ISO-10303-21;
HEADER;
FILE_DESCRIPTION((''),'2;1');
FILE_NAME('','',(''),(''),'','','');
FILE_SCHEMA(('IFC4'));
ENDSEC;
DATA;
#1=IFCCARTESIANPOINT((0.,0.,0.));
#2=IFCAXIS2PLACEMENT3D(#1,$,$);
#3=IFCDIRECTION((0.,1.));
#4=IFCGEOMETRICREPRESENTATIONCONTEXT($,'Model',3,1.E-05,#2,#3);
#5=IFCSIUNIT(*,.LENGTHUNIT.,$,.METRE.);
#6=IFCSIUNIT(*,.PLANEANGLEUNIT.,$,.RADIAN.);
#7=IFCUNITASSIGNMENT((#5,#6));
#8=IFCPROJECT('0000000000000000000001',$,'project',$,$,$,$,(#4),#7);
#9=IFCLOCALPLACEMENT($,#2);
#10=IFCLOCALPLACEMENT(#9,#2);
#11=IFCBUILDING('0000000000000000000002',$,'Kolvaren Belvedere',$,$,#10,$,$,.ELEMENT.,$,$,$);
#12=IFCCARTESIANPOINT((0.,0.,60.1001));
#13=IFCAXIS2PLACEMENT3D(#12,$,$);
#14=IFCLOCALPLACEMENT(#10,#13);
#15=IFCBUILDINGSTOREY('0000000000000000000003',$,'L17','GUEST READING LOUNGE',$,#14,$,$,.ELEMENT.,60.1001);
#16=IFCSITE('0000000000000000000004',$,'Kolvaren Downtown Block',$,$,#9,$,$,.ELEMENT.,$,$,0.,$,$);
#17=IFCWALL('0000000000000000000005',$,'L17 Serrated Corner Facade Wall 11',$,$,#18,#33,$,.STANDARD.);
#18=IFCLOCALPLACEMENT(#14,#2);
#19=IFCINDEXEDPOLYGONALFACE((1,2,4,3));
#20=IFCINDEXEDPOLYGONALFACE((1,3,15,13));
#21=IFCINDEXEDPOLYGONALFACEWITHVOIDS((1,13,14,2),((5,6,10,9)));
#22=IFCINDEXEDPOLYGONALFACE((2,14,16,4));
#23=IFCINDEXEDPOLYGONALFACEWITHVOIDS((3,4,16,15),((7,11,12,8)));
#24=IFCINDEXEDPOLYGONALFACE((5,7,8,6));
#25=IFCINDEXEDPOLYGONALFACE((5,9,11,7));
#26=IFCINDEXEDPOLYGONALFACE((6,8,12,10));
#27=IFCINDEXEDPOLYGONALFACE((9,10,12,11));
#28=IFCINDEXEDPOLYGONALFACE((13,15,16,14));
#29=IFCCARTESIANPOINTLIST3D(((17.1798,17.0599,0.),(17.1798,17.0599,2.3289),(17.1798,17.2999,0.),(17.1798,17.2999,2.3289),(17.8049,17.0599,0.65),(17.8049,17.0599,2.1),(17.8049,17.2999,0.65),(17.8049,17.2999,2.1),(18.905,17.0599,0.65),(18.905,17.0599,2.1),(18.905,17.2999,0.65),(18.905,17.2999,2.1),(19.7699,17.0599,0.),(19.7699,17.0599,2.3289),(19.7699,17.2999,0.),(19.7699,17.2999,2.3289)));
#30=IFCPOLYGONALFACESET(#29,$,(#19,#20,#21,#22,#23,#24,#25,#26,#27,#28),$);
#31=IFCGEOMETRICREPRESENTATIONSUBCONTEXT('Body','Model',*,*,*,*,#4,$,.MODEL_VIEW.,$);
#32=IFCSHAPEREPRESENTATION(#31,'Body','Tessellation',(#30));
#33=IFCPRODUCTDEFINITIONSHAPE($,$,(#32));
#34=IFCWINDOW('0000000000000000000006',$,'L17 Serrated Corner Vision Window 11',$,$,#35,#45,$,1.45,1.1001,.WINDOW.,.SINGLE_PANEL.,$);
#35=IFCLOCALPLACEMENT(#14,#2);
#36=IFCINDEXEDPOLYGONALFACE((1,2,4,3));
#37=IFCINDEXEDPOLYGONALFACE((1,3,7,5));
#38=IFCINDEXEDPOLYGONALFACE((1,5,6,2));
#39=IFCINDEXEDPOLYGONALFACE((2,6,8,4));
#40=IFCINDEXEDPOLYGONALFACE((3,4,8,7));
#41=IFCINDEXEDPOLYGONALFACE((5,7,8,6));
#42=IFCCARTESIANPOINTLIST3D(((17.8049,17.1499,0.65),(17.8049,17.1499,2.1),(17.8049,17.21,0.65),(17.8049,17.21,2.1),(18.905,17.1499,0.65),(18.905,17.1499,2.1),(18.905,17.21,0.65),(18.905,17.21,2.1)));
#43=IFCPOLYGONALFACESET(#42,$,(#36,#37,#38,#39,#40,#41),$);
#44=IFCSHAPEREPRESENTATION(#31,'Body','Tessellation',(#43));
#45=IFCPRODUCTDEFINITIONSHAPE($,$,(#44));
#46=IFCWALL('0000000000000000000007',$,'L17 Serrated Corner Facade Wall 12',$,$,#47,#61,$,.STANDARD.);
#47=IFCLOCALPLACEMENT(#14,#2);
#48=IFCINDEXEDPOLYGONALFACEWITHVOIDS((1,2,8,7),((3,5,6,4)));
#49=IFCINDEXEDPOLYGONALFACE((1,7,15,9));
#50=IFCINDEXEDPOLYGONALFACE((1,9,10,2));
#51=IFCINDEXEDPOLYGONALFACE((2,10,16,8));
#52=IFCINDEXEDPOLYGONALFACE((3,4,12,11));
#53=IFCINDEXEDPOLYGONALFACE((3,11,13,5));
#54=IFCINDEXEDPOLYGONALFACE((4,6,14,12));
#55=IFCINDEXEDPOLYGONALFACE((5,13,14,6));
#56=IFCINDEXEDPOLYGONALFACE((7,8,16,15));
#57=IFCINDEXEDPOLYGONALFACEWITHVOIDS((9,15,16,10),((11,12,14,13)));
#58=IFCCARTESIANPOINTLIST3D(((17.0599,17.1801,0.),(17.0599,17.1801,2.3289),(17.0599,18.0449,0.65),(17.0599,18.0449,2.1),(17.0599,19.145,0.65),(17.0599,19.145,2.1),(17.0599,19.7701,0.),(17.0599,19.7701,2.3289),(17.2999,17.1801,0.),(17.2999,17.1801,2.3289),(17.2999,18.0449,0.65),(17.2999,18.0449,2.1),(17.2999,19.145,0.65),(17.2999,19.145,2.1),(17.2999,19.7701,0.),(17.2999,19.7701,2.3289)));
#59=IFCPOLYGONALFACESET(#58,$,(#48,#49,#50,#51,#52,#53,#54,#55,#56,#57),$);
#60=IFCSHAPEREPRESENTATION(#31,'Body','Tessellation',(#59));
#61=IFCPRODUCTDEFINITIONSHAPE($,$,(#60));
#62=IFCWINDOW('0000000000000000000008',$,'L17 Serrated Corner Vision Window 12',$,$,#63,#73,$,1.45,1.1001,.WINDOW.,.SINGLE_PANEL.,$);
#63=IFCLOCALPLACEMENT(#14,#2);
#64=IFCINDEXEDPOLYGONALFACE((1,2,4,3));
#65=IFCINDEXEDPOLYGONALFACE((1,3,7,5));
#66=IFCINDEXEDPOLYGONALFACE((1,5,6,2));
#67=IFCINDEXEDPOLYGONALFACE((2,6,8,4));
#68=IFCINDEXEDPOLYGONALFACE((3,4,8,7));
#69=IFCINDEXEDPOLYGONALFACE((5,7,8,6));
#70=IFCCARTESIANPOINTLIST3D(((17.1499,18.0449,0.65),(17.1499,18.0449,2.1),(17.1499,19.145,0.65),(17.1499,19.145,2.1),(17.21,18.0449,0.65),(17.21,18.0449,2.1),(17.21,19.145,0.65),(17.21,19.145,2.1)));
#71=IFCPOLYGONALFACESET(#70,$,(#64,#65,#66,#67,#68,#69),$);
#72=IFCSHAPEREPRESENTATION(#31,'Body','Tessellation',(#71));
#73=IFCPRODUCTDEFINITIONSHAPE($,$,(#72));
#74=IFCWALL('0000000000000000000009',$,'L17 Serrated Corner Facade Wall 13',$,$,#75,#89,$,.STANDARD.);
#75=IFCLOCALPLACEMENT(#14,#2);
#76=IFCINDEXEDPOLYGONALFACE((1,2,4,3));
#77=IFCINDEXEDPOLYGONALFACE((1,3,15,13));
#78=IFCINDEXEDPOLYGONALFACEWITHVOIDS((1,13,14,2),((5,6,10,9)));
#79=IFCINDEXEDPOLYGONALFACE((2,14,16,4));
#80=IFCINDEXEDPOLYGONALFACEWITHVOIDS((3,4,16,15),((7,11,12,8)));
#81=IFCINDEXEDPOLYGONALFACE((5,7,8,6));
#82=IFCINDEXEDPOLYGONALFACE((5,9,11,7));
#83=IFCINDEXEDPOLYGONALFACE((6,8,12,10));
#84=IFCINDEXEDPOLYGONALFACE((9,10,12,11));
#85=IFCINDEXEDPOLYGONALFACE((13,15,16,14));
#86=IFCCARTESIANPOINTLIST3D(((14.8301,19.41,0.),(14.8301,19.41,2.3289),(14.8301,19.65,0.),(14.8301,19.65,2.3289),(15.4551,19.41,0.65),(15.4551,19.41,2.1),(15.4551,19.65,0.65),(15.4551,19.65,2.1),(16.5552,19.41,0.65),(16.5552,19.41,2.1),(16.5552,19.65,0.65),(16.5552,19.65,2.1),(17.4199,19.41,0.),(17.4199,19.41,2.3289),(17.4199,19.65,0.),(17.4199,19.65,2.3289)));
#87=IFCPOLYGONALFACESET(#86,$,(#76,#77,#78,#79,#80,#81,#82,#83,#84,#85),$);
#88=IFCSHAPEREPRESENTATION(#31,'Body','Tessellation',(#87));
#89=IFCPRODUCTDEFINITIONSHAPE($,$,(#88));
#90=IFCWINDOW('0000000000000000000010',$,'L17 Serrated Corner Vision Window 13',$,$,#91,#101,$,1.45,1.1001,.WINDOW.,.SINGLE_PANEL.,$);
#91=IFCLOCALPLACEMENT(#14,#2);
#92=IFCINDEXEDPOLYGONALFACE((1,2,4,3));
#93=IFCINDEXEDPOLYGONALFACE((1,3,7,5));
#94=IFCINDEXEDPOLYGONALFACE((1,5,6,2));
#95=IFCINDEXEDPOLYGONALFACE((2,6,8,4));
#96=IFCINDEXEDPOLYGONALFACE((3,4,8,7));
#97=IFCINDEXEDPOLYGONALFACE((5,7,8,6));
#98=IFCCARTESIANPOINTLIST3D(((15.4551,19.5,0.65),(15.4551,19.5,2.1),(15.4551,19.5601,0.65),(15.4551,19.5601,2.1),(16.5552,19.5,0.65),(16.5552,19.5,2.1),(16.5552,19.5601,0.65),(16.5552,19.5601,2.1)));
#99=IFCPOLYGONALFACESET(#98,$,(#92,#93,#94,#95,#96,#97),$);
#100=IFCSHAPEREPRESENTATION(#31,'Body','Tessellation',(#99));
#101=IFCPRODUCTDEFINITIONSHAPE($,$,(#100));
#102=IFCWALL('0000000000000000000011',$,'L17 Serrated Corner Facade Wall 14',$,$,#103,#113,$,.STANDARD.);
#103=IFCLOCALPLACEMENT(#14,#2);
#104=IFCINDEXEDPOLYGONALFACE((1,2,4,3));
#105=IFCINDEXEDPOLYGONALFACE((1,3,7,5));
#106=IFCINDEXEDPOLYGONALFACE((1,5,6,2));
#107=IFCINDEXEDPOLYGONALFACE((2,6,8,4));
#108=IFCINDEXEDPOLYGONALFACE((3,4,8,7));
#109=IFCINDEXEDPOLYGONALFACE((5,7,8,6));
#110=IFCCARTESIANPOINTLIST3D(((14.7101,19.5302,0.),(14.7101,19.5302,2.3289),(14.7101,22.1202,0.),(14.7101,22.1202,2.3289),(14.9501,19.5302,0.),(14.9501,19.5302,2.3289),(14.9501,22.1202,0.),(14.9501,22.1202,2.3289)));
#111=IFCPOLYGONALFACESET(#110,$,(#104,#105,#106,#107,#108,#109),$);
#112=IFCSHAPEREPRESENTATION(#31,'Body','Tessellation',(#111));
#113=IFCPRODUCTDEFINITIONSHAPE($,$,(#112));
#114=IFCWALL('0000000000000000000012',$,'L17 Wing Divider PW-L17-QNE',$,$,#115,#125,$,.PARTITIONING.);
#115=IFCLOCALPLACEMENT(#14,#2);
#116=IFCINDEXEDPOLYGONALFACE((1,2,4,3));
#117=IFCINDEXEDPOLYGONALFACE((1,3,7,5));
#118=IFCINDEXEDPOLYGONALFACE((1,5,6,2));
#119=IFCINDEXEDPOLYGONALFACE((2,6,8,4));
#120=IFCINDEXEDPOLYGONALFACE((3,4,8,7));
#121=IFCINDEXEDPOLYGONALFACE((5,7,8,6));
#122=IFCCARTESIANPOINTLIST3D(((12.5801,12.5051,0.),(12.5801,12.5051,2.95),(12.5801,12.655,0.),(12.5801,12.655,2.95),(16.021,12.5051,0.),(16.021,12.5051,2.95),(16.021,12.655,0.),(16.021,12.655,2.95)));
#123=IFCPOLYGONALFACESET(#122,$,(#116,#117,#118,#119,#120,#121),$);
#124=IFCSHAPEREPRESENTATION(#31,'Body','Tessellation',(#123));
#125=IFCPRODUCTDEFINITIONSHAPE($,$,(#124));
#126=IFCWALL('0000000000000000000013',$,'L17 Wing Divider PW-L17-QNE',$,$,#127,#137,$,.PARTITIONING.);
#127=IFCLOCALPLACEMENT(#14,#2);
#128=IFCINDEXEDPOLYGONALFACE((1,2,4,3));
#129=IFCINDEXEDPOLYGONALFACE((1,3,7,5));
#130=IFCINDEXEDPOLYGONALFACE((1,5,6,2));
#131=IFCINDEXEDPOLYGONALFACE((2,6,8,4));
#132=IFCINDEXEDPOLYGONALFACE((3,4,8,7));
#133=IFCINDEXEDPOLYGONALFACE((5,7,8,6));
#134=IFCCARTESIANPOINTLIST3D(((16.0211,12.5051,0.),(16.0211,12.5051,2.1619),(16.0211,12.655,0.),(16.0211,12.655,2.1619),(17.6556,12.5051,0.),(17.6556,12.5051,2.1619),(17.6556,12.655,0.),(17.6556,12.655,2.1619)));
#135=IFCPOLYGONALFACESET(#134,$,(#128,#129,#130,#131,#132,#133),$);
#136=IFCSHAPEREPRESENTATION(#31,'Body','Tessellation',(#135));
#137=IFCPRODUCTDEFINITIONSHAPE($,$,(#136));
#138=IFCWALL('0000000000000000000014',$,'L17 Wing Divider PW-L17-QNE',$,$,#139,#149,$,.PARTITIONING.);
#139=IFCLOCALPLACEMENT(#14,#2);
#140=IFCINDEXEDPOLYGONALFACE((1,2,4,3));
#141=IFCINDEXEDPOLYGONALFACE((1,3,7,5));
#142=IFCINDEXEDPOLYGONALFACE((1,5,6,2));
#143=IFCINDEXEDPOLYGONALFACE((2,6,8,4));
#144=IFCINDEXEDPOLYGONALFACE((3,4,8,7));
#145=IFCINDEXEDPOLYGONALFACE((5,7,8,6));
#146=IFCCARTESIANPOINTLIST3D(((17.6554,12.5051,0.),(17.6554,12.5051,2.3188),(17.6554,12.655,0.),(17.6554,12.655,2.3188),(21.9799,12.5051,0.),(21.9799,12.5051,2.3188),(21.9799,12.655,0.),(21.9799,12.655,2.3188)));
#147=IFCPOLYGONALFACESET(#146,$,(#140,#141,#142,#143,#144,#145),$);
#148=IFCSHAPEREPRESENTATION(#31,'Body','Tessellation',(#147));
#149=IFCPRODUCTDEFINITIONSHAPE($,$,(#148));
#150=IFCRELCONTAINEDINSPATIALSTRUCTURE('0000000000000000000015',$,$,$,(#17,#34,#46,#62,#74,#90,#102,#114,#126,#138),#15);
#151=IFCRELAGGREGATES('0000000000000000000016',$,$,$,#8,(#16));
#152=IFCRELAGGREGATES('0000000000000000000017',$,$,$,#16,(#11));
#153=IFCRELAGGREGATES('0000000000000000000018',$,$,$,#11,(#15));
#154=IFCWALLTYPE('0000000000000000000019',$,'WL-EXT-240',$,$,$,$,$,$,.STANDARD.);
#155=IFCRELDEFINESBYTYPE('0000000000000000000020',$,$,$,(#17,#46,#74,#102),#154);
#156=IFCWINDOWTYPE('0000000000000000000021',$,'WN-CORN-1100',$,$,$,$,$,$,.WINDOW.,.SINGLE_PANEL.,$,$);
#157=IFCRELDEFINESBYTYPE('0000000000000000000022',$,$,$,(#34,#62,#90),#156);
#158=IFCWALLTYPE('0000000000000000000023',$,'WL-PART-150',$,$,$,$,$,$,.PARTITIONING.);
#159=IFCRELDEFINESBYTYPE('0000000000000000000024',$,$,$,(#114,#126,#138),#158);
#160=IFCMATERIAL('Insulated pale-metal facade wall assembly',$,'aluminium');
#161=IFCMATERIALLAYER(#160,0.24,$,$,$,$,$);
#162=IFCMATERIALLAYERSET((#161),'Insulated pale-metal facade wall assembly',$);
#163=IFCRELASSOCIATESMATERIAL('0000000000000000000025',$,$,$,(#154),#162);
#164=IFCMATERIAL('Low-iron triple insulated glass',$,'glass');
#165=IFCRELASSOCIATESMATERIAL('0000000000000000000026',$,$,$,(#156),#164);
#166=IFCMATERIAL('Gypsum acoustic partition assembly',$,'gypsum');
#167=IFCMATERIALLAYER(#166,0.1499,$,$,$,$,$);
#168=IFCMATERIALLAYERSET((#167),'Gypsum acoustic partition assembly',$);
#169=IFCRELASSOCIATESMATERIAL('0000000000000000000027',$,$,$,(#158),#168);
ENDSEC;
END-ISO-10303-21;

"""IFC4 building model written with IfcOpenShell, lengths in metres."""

from ifc_helpers import new_model, si_unit, direction, frame, frame_2d, origin, place, context, subcontext, project, spatial, rectangle, extrude, material, layer, layer_set, type_object, element, fill, save


model = new_model("IFC4")

# Units and contexts
model_context = context("Model", 3, precision=1e-05, world=origin(), true_north=direction((0.0, 1.0)))
body_context = subcontext(model_context, "Body", "Model", "MODEL_VIEW")
ifc_project = project(units=[si_unit("LENGTHUNIT", "METRE"), si_unit("PLANEANGLEUNIT", "RADIAN")], contexts=[model_context])

# Site, building, storey
site_placement = place(None, origin())
site = spatial("IfcSite", under=ifc_project, at=site_placement, Name="Kolvaren Downtown Block", CompositionType="ELEMENT", RefElevation=0.0)
building_placement = place(site_placement, origin())
building = spatial("IfcBuilding", under=site, at=building_placement, Name="Kolvaren Belvedere", CompositionType="ELEMENT")
storey_placement = place(building_placement, frame((0.0, 0.0, 60.1001)))
storey = spatial("IfcBuildingStorey", under=building, at=storey_placement, Name="L17", Description="GUEST READING LOUNGE", CompositionType="ELEMENT", Elevation=60.1001)

# Shared definitions
ifc_material_1 = material(Name="Insulated pale-metal facade wall assembly", Category="aluminium")
ifc_layer_1 = layer(ifc_material_1, 0.24)
ifc_layer_set_1 = layer_set([ifc_layer_1], Name="Insulated pale-metal facade wall assembly")
wall_type_1 = type_object("IfcWallType", Name="WL-EXT-240", PredefinedType="STANDARD", material=ifc_layer_set_1)

# Walls, openings, windows
ifc_material_2 = material(Name="Low-iron triple insulated glass", Category="glass")
window_type = type_object("IfcWindowType", Name="WN-CORN-1100", PartitioningType="SINGLE_PANEL", PredefinedType="WINDOW", material=ifc_material_2)
wall_1_placement = place(storey_placement, frame((17.1799, 17.1799, 0.0), z_axis=(0.0, 0.0, 1.0), x_axis=(1.0, 0.0, 0.0)))
wall_1 = element("IfcWall", 1, at=wall_1_placement, inside=storey, type_object=wall_type_1, Name="L17 Serrated Corner Facade Wall 11", PredefinedType="STANDARD", context=body_context, shape_type="SweptSolid", body=[
    extrude(rectangle(XDim=2.5901, YDim=0.24, at=frame_2d((1.2949, 0.0))), origin(), (0.0, 0.0, 1.0), 2.3289),
])
opening_1_placement = place(wall_1_placement, frame((0.625, 0.0, 0.6499)))
opening_1 = element("IfcOpeningElement", 2, at=opening_1_placement, cuts=wall_1, PredefinedType="OPENING", context=body_context, shape_type="SweptSolid", body=[
    extrude(rectangle(XDim=1.1001, YDim=1.45, at=frame_2d((0.55, 0.7251))), frame((0.0, 0.1299, 0.0), z_axis=(0.0, -1.0, 0.0), x_axis=(1.0, 0.0, 0.0)), (0.0, 0.0, 1.0), 0.26),
])
window_1_placement = place(opening_1_placement, origin())
window_1 = element("IfcWindow", 3, at=window_1_placement, inside=storey, type_object=window_type, Name="L17 Serrated Corner Vision Window 11", OverallHeight=1.45, OverallWidth=1.1001, PartitioningType="SINGLE_PANEL", PredefinedType="WINDOW", context=body_context, shape_type="SweptSolid", body=[
    extrude(rectangle(XDim=1.1001, YDim=1.45, at=frame_2d((0.55, 0.7251))), frame((0.0, 0.03, 0.0), z_axis=(0.0, -1.0, 0.0), x_axis=(1.0, 0.0, 0.0)), (0.0, 0.0, 1.0), 0.0601),
])
fill(opening_1, window_1)
wall_2_placement = place(storey_placement, frame((17.1799, 19.77, 0.0), z_axis=(0.0, 0.0, 1.0), x_axis=(0.0, -1.0, 0.0)))
wall_2 = element("IfcWall", 4, at=wall_2_placement, inside=storey, type_object=wall_type_1, Name="L17 Serrated Corner Facade Wall 12", PredefinedType="STANDARD", context=body_context, shape_type="SweptSolid", body=[
    extrude(rectangle(XDim=2.5901, YDim=0.24, at=frame_2d((1.2949, 0.0))), origin(), (0.0, 0.0, 1.0), 2.3289),
])
opening_2_placement = place(wall_2_placement, frame((0.625, 0.0, 0.6499)))
opening_2 = element("IfcOpeningElement", 5, at=opening_2_placement, cuts=wall_2, PredefinedType="OPENING", context=body_context, shape_type="SweptSolid", body=[
    extrude(rectangle(XDim=1.1001, YDim=1.45, at=frame_2d((0.55, 0.7251))), frame((0.0, 0.1299, 0.0), z_axis=(0.0, -1.0, 0.0), x_axis=(1.0, 0.0, 0.0)), (0.0, 0.0, 1.0), 0.26),
])
window_2_placement = place(opening_2_placement, origin())
window_2 = element("IfcWindow", 6, at=window_2_placement, inside=storey, type_object=window_type, Name="L17 Serrated Corner Vision Window 12", OverallHeight=1.45, OverallWidth=1.1001, PartitioningType="SINGLE_PANEL", PredefinedType="WINDOW", context=body_context, shape_type="SweptSolid", body=[
    extrude(rectangle(XDim=1.1001, YDim=1.45, at=frame_2d((0.55, 0.7251))), frame((0.0, 0.03, 0.0), z_axis=(0.0, -1.0, 0.0), x_axis=(1.0, 0.0, 0.0)), (0.0, 0.0, 1.0), 0.0601),
])
fill(opening_2, window_2)
wall_3_placement = place(storey_placement, frame((14.8301, 19.53, 0.0), z_axis=(0.0, 0.0, 1.0), x_axis=(1.0, 0.0, 0.0)))
wall_3 = element("IfcWall", 7, at=wall_3_placement, inside=storey, type_object=wall_type_1, Name="L17 Serrated Corner Facade Wall 13", PredefinedType="STANDARD", context=body_context, shape_type="SweptSolid", body=[
    extrude(rectangle(XDim=2.5898, YDim=0.24, at=frame_2d((1.2949, 0.0))), origin(), (0.0, 0.0, 1.0), 2.3289),
])
opening_3_placement = place(wall_3_placement, frame((0.625, 0.0, 0.6499)))
opening_3 = element("IfcOpeningElement", 8, at=opening_3_placement, cuts=wall_3, PredefinedType="OPENING", context=body_context, shape_type="SweptSolid", body=[
    extrude(rectangle(XDim=1.1001, YDim=1.45, at=frame_2d((0.55, 0.7251))), frame((0.0, 0.1299, 0.0), z_axis=(0.0, -1.0, 0.0), x_axis=(1.0, 0.0, 0.0)), (0.0, 0.0, 1.0), 0.26),
])
window_3_placement = place(opening_3_placement, origin())
window_3 = element("IfcWindow", 9, at=window_3_placement, inside=storey, type_object=window_type, Name="L17 Serrated Corner Vision Window 13", OverallHeight=1.45, OverallWidth=1.1001, PartitioningType="SINGLE_PANEL", PredefinedType="WINDOW", context=body_context, shape_type="SweptSolid", body=[
    extrude(rectangle(XDim=1.1001, YDim=1.45, at=frame_2d((0.55, 0.7251))), frame((0.0, 0.03, 0.0), z_axis=(0.0, -1.0, 0.0), x_axis=(1.0, 0.0, 0.0)), (0.0, 0.0, 1.0), 0.0601),
])
fill(opening_3, window_3)

# Walls
wall_4_placement = place(storey_placement, frame((14.8301, 22.1201, 0.0), z_axis=(0.0, 0.0, 1.0), x_axis=(0.0, -1.0, 0.0)))
element("IfcWall", 10, at=wall_4_placement, inside=storey, type_object=wall_type_1, Name="L17 Serrated Corner Facade Wall 14", PredefinedType="STANDARD", context=body_context, shape_type="SweptSolid", body=[
    extrude(rectangle(XDim=2.5901, YDim=0.24, at=frame_2d((1.2949, 0.0))), origin(), (0.0, 0.0, 1.0), 2.3289),
])
ifc_material_3 = material(Name="Gypsum acoustic partition assembly", Category="gypsum")
ifc_layer_2 = layer(ifc_material_3, 0.1499)
ifc_layer_set_2 = layer_set([ifc_layer_2], Name="Gypsum acoustic partition assembly")
wall_type_2 = type_object("IfcWallType", Name="WL-PART-150", PredefinedType="PARTITIONING", material=ifc_layer_set_2)
wall_5_placement = place(storey_placement, frame((12.5801, 12.5801, 0.0), z_axis=(0.0, 0.0, 1.0), x_axis=(1.0, 0.0, 0.0)))
element("IfcWall", 11, at=wall_5_placement, inside=storey, type_object=wall_type_2, Name="L17 Wing Divider PW-L17-QNE", PredefinedType="PARTITIONING", context=body_context, shape_type="SweptSolid", body=[
    extrude(rectangle(XDim=3.4409, YDim=0.1499, at=frame_2d((1.7205, 0.0))), origin(), (0.0, 0.0, 1.0), 2.95),
])
wall_6_placement = place(storey_placement, frame((16.021, 12.5801, 0.0), z_axis=(0.0, 0.0, 1.0), x_axis=(1.0, 0.0, 0.0)))
element("IfcWall", 12, at=wall_6_placement, inside=storey, type_object=wall_type_2, Name="L17 Wing Divider PW-L17-QNE", PredefinedType="PARTITIONING", context=body_context, shape_type="SweptSolid", body=[
    extrude(rectangle(XDim=1.6345, YDim=0.1499, at=frame_2d((0.8174, 0.0))), origin(), (0.0, 0.0, 1.0), 2.1619),
])
wall_7_placement = place(storey_placement, frame((17.6555, 12.5801, 0.0), z_axis=(0.0, 0.0, 1.0), x_axis=(1.0, 0.0, 0.0)))
element("IfcWall", 13, at=wall_7_placement, inside=storey, type_object=wall_type_2, Name="L17 Wing Divider PW-L17-QNE", PredefinedType="PARTITIONING", context=body_context, shape_type="SweptSolid", body=[
    extrude(rectangle(XDim=4.3245, YDim=0.1499, at=frame_2d((2.1621, 0.0))), origin(), (0.0, 0.0, 1.0), 2.3188),
])

save(model, "model.ifc")
